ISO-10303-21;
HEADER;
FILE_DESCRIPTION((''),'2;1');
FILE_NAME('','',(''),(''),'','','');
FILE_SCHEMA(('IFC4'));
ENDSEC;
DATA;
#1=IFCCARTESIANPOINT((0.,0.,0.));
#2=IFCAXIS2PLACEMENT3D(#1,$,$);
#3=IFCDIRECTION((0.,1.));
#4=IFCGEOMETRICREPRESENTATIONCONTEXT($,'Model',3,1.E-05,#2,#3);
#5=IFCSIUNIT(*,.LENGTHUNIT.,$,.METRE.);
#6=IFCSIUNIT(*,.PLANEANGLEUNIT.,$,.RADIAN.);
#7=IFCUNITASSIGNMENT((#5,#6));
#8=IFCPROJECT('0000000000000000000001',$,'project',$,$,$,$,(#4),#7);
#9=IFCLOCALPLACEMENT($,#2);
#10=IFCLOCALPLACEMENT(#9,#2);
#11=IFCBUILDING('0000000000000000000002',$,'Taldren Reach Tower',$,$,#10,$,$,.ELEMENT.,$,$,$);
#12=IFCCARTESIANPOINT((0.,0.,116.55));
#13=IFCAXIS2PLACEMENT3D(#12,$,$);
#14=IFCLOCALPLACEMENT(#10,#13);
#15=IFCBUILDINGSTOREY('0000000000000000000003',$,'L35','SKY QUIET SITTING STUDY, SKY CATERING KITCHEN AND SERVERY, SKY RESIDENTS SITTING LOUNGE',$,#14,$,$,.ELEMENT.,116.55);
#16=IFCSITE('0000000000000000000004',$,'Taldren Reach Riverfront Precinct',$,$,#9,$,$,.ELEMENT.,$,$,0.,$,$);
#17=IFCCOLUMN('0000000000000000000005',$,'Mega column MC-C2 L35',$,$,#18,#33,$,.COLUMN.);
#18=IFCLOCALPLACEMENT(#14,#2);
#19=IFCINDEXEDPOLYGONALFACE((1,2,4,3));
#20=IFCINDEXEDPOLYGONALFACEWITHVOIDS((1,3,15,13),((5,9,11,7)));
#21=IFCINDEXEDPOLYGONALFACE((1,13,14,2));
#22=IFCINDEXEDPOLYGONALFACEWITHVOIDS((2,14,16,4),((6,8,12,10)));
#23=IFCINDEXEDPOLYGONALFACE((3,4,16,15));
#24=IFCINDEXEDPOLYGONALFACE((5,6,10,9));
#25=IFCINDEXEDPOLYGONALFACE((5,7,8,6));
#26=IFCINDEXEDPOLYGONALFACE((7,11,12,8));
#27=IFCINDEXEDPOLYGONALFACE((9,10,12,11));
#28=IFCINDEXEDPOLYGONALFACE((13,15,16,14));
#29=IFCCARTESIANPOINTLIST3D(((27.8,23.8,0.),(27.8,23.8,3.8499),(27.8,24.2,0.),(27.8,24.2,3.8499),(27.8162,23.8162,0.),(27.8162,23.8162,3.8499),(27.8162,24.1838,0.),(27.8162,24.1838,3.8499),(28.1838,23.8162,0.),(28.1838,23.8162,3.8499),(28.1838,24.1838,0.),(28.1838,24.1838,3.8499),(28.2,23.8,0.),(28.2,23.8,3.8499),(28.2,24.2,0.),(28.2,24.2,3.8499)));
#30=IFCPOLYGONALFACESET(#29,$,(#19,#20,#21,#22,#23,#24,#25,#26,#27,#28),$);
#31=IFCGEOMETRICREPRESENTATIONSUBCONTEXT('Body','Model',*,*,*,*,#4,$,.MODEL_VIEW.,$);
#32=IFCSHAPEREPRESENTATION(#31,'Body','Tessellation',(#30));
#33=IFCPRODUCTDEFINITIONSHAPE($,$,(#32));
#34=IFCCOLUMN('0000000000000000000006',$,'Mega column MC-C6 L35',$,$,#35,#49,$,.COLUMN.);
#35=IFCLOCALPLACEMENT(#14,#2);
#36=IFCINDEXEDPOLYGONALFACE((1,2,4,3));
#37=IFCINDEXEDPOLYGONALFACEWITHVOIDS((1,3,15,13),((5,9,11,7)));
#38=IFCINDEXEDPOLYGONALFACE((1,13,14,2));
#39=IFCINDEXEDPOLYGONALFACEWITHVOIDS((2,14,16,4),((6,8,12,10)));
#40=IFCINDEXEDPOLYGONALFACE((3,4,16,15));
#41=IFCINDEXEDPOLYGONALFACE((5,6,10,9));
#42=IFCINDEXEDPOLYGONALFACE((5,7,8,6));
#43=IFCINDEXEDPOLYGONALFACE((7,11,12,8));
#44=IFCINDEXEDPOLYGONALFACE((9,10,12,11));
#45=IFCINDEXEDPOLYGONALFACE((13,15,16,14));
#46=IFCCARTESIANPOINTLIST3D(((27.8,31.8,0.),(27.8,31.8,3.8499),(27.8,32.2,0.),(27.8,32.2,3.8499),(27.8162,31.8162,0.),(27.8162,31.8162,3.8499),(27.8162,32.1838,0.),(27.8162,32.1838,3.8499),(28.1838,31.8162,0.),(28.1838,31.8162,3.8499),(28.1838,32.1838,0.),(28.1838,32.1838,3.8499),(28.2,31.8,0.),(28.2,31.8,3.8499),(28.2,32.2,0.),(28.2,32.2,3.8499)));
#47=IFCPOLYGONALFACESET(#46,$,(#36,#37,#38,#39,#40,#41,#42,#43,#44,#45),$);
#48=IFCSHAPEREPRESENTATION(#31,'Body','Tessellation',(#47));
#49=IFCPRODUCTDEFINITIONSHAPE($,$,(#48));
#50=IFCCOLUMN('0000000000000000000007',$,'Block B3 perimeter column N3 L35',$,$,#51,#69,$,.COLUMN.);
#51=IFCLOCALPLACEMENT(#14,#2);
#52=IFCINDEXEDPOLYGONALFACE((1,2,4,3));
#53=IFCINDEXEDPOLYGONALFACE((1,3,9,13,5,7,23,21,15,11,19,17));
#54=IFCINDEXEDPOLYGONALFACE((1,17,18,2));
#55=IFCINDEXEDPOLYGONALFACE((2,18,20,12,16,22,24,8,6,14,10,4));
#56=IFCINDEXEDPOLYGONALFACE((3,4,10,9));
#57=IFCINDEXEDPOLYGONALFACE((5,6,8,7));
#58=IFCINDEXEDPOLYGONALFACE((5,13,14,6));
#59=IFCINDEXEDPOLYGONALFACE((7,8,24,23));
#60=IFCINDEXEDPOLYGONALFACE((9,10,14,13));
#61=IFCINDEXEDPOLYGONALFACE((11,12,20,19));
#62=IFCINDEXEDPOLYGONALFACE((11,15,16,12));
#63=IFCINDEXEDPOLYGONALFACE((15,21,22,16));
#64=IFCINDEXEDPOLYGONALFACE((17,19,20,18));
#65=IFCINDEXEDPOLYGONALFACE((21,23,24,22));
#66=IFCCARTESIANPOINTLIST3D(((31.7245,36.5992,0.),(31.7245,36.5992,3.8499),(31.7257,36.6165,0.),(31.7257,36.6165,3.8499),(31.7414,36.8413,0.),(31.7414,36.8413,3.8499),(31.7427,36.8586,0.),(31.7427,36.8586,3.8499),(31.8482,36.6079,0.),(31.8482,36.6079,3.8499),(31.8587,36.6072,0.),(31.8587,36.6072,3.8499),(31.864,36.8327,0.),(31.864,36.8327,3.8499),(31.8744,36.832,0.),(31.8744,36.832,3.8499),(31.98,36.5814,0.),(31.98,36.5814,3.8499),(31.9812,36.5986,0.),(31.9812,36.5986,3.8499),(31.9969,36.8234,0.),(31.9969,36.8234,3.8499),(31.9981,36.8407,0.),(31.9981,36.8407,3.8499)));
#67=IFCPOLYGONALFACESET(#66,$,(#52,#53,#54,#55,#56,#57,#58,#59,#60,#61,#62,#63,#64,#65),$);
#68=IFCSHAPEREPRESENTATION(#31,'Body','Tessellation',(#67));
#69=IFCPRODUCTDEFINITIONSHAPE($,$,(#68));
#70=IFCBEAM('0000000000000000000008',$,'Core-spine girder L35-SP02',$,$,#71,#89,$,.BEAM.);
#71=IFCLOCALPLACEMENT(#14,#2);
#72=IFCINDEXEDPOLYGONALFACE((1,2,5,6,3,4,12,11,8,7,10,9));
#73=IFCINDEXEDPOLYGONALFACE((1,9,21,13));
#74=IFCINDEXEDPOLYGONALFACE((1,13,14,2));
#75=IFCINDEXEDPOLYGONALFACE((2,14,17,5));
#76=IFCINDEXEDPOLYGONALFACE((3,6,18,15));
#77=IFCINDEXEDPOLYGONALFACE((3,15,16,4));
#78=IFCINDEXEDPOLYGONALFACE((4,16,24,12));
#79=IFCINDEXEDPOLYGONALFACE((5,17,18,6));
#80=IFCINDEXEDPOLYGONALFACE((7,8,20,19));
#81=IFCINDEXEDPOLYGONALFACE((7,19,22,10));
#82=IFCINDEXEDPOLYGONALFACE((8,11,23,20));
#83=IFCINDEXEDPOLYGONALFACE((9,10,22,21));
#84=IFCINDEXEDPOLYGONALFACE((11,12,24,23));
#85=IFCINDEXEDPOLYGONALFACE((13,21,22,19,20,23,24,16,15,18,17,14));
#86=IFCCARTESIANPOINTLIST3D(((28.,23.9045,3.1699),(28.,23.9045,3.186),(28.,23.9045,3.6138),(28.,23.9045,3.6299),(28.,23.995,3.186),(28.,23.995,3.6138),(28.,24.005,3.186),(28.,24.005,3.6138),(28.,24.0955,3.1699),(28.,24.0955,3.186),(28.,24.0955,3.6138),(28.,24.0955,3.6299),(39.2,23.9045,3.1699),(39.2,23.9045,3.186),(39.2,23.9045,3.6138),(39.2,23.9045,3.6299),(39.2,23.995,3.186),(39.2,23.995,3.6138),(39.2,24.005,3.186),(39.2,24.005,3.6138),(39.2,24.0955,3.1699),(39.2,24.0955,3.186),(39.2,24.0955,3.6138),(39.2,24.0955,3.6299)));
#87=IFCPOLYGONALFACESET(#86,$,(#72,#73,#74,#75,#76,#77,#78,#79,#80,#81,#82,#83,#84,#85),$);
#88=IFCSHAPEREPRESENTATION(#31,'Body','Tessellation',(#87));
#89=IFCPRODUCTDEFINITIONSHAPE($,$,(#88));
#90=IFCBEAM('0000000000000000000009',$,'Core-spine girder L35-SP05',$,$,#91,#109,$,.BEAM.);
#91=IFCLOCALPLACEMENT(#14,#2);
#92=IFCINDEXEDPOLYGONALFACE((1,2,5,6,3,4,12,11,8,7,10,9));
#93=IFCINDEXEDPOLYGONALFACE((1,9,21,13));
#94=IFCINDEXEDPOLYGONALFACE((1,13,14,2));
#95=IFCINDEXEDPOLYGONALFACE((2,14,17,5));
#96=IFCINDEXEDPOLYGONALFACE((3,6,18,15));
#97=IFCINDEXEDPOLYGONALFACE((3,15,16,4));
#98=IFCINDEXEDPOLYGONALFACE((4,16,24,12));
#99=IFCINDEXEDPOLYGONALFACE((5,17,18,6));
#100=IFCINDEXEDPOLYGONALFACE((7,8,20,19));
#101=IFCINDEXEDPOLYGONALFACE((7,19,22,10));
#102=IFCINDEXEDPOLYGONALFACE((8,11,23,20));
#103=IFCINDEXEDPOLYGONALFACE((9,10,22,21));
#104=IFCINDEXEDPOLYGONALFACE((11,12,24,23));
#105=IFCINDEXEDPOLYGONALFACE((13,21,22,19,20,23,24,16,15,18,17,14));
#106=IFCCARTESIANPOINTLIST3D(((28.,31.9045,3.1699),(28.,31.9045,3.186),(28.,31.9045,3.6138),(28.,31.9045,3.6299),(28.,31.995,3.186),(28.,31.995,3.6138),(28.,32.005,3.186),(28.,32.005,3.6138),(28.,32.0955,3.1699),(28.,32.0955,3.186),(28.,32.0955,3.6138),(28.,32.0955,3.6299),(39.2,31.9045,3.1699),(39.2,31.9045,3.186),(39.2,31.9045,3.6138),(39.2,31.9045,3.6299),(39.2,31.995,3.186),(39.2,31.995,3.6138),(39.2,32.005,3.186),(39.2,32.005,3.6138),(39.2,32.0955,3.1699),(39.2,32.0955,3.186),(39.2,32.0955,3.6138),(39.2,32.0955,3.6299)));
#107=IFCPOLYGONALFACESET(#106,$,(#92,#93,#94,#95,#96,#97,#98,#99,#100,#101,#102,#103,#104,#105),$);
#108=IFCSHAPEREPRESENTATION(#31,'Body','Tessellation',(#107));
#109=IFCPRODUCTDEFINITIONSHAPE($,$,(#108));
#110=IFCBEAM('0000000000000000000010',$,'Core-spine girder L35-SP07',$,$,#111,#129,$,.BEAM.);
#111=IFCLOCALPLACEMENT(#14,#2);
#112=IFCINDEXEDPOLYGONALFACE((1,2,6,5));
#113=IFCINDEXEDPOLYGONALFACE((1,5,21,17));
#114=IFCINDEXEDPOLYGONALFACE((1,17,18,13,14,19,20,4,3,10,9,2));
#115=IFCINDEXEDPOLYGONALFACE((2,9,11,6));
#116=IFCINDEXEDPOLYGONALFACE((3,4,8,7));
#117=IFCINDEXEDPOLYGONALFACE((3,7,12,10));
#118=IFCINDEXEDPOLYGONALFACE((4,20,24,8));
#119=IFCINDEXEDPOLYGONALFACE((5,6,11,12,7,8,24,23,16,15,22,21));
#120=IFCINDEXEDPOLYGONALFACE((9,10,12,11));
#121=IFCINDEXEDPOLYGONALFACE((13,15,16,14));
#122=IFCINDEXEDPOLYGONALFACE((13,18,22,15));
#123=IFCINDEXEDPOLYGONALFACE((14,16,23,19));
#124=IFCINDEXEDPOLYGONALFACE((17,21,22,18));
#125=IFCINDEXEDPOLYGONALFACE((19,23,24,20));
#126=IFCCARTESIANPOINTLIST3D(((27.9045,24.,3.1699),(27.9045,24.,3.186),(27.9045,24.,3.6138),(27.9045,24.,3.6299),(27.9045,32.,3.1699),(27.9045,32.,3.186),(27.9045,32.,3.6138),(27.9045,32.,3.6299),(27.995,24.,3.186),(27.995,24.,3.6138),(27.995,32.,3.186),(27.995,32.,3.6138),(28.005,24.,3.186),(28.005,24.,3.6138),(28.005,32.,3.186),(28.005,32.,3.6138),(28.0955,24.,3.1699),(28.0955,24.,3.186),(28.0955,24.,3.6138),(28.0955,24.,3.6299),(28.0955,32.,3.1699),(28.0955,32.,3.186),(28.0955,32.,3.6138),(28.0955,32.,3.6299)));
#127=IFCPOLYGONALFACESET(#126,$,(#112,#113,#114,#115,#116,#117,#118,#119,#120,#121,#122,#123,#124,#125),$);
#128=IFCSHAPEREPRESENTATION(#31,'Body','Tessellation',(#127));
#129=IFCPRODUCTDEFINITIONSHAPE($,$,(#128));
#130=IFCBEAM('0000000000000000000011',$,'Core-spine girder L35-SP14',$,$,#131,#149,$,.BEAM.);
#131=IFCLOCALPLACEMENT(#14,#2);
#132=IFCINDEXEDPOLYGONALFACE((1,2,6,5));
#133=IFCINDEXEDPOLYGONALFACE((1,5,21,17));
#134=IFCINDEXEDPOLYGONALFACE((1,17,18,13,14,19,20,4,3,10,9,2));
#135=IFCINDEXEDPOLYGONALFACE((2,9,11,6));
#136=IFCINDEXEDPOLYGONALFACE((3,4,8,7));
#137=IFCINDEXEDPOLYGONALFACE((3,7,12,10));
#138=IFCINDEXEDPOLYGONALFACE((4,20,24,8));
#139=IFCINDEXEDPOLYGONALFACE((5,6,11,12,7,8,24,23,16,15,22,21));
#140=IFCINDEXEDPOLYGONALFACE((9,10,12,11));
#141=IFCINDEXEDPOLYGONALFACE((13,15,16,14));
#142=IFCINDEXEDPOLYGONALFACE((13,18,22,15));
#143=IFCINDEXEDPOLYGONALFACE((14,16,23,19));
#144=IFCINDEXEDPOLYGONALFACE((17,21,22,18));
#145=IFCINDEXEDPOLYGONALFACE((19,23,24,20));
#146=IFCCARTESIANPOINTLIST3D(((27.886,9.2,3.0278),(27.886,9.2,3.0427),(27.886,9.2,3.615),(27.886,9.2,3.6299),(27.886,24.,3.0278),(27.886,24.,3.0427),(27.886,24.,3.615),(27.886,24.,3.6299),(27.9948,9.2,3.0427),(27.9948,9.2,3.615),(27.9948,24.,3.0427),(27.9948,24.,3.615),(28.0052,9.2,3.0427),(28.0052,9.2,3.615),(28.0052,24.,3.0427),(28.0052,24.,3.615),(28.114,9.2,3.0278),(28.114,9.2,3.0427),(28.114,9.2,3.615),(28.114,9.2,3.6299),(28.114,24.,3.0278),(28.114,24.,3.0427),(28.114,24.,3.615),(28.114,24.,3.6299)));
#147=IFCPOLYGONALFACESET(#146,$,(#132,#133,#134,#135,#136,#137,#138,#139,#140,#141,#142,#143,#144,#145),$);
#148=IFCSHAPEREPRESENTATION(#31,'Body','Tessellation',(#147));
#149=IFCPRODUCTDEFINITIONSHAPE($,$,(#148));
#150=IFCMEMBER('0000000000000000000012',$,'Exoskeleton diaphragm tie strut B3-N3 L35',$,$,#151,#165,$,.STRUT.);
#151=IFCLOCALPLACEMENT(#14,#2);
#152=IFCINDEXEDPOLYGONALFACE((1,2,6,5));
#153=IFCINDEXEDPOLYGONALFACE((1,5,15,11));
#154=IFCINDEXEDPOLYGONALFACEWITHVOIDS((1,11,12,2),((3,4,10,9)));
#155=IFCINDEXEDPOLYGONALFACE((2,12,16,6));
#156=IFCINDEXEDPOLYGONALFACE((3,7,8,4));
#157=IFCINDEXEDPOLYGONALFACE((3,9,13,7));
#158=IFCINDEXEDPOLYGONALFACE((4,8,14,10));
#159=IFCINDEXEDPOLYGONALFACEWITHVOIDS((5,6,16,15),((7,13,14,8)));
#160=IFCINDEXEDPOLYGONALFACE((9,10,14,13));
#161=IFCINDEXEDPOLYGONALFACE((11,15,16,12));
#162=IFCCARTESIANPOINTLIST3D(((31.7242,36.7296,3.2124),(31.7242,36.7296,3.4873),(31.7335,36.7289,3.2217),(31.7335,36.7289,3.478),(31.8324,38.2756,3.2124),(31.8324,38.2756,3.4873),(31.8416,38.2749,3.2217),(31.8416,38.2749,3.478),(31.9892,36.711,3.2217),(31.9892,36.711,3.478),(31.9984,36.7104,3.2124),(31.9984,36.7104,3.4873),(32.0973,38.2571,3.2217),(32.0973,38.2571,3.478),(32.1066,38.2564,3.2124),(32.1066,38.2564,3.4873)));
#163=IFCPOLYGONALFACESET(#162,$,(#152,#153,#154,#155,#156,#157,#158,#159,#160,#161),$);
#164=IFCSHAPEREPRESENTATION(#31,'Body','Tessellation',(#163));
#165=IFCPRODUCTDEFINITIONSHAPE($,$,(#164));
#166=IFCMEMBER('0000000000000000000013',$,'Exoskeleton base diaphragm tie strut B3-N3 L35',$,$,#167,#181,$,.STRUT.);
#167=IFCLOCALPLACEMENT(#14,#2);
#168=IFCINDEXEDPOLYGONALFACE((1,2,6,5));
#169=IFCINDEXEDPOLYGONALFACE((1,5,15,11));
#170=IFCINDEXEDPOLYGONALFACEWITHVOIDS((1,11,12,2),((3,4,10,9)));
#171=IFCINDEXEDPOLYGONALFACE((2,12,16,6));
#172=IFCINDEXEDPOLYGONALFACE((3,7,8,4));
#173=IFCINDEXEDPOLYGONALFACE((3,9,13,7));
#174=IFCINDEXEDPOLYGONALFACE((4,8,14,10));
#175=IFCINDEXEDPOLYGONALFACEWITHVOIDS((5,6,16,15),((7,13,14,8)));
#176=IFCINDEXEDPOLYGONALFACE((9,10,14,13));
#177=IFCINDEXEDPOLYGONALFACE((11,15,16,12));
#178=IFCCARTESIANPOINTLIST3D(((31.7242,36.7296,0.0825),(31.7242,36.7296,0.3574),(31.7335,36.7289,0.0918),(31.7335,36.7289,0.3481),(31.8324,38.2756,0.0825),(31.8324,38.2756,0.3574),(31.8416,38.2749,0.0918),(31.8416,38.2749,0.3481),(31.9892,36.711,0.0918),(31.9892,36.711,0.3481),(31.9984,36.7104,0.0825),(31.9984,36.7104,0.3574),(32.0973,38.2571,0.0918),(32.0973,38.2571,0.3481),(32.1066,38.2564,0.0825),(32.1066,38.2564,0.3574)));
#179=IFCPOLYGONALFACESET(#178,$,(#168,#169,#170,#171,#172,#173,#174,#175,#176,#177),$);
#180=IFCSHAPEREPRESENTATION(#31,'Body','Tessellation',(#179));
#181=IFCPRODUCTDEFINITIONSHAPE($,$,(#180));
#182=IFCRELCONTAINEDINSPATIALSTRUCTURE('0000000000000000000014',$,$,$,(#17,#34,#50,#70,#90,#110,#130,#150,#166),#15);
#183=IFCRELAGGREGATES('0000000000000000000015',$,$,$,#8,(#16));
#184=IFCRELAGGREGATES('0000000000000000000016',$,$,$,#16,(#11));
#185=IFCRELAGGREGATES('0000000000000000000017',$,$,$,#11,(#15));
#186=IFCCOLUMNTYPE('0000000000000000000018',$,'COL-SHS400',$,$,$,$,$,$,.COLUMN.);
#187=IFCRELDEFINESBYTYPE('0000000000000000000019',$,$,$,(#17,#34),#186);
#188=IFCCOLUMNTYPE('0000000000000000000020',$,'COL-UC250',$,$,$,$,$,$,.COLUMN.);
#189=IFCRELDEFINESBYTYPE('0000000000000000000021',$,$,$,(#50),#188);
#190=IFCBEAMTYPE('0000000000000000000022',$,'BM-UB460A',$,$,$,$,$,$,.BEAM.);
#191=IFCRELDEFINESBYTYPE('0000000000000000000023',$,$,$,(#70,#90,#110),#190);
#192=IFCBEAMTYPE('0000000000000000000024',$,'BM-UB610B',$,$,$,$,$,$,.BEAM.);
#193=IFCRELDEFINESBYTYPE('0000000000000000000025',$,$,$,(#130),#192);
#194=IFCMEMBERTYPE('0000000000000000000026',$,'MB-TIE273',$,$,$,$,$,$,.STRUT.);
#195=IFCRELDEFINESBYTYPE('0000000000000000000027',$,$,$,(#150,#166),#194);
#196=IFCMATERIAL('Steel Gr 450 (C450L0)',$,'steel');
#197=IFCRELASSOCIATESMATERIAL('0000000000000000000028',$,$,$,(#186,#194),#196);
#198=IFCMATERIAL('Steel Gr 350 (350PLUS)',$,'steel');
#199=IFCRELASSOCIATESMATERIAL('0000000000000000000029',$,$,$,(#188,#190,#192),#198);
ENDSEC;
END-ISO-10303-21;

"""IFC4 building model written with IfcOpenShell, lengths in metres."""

from ifc_helpers import new_model, si_unit, direction, frame, origin, origin_2d, place, context, subcontext, project, spatial, hollow_rectangle, i_section, extrude, source, transform, mapped, material, material_profile, profile_set, type_object, element, save


model = new_model("IFC4")

# Units and contexts
model_context = context("Model", 3, precision=1e-05, world=origin(), true_north=direction((0.0, 1.0)))
body_context = subcontext(model_context, "Body", "Model", "MODEL_VIEW")
ifc_project = project(units=[si_unit("LENGTHUNIT", "METRE"), si_unit("PLANEANGLEUNIT", "RADIAN")], contexts=[model_context])

# Site, building, storey
site_placement = place(None, origin())
site = spatial("IfcSite", under=ifc_project, at=site_placement, Name="Taldren Reach Riverfront Precinct", CompositionType="ELEMENT", RefElevation=0.0)
building_placement = place(site_placement, origin())
building = spatial("IfcBuilding", under=site, at=building_placement, Name="Taldren Reach Tower", CompositionType="ELEMENT")
storey_placement = place(building_placement, frame((0.0, 0.0, 116.55)))
storey = spatial("IfcBuildingStorey", under=building, at=storey_placement, Name="L35", Description="SKY QUIET SITTING STUDY, SKY CATERING KITCHEN AND SERVERY, SKY RESIDENTS SITTING LOUNGE", CompositionType="ELEMENT", Elevation=116.55)

# Columns
ifc_material_1 = material(Name="Steel Gr 450 (C450L0)", Category="steel")
ifc_material_profile_1 = material_profile(ifc_material_1, hollow_rectangle(XDim=0.3999, YDim=0.3999, WallThickness=0.0161, at=origin_2d()), Name="400x400x16.0SHS")
ifc_profile_set_1 = profile_set([ifc_material_profile_1], Name="Steel Gr 450 (C450L0)")
column_type_1 = type_object("IfcColumnType", Name="COL-SHS400", PredefinedType="COLUMN", material=ifc_profile_set_1)
shared_shape_1 = source(origin(), body_context, "Body", "SweptSolid", [
    extrude(hollow_rectangle(XDim=0.3999, YDim=0.3999, WallThickness=0.0161, at=origin_2d()), origin(), (0.0, 0.0, 1.0), 3.8499),
])
for number, where, z_axis, x_axis, name in (
    (1, (28.0, 24.0, 0.0), (0.0, 0.0, 1.0), (1.0, 0.0, 0.0), "Mega column MC-C2 L35"),
    (2, (28.0, 32.0, 0.0), (0.0, 0.0, 1.0), (1.0, 0.0, 0.0), "Mega column MC-C6 L35"),
):
    element("IfcColumn", number, at=place(storey_placement, frame(where, z_axis=z_axis, x_axis=x_axis)), inside=storey, type_object=column_type_1, Name=name, PredefinedType="COLUMN", context=body_context, shape_type="MappedRepresentation", body=[
        mapped(shared_shape_1, transform((0.0, 0.0, 0.0), scale=1.0)),
    ])
ifc_material_2 = material(Name="Steel Gr 350 (350PLUS)", Category="steel")
ifc_material_profile_2 = material_profile(ifc_material_2, i_section(OverallWidth=0.2561, OverallDepth=0.26, WebThickness=0.0105, FlangeThickness=0.0173, at=origin_2d()), Name="250UC89.5")
ifc_profile_set_2 = profile_set([ifc_material_profile_2], Name="Steel Gr 350 (350PLUS)")
column_type_2 = type_object("IfcColumnType", Name="COL-UC250", PredefinedType="COLUMN", material=ifc_profile_set_2)
shared_shape_2 = source(origin(), body_context, "Body", "SweptSolid", [
    extrude(i_section(OverallWidth=0.2561, OverallDepth=0.26, WebThickness=0.0105, FlangeThickness=0.0173, at=origin_2d()), origin(), (0.0, 0.0, 1.0), 3.8499),
])
column_placement = place(storey_placement, frame((31.8613, 36.72, 0.0), z_axis=(0.0, 0.0, 1.0), x_axis=(0.997564, -0.069756, 0.0)))
element("IfcColumn", 3, at=column_placement, inside=storey, type_object=column_type_2, Name="Block B3 perimeter column N3 L35", PredefinedType="COLUMN", context=body_context, shape_type="MappedRepresentation", body=[
    mapped(shared_shape_2, transform((0.0, 0.0, 0.0), scale=1.0)),
])

# Beams
ifc_material_profile_3 = material_profile(ifc_material_2, i_section(OverallWidth=0.1909, OverallDepth=0.46, WebThickness=0.01, FlangeThickness=0.0161, at=origin_2d()), Name="460UB82.1")
ifc_profile_set_3 = profile_set([ifc_material_profile_3], Name="Steel Gr 350 (350PLUS)")
beam_type_1 = type_object("IfcBeamType", Name="BM-UB460A", PredefinedType="BEAM", material=ifc_profile_set_3)
shared_shape_3 = source(origin(), body_context, "Body", "SweptSolid", [
    extrude(i_section(OverallWidth=0.1909, OverallDepth=0.46, WebThickness=0.01, FlangeThickness=0.0161, at=origin_2d()), origin(), (0.0, 0.0, 1.0), 11.2),
])
for number, where, z_axis, x_axis, name in (
    (4, (28.0, 24.0, 3.3999), (1.0, 0.0, 0.0), (0.0, 1.0, 0.0), "Core-spine girder L35-SP02"),
    (5, (28.0, 32.0, 3.3999), (1.0, 0.0, 0.0), (0.0, 1.0, 0.0), "Core-spine girder L35-SP05"),
):
    element("IfcBeam", number, at=place(storey_placement, frame(where, z_axis=z_axis, x_axis=x_axis)), inside=storey, type_object=beam_type_1, Name=name, PredefinedType="BEAM", context=body_context, shape_type="MappedRepresentation", body=[
        mapped(shared_shape_3, transform((0.0, 0.0, 0.0), scale=1.0)),
    ])
shared_shape_4 = source(origin(), body_context, "Body", "SweptSolid", [
    extrude(i_section(OverallWidth=0.1909, OverallDepth=0.46, WebThickness=0.01, FlangeThickness=0.0161, at=origin_2d()), origin(), (0.0, 0.0, 1.0), 8.0),
])
beam_1_placement = place(storey_placement, frame((28.0, 24.0, 3.3999), z_axis=(0.0, 1.0, 0.0), x_axis=(-1.0, 0.0, 0.0)))
element("IfcBeam", 6, at=beam_1_placement, inside=storey, type_object=beam_type_1, Name="Core-spine girder L35-SP07", PredefinedType="BEAM", context=body_context, shape_type="MappedRepresentation", body=[
    mapped(shared_shape_4, transform((0.0, 0.0, 0.0), scale=1.0)),
])
ifc_material_profile_4 = material_profile(ifc_material_2, i_section(OverallWidth=0.228, OverallDepth=0.6021, WebThickness=0.0105, FlangeThickness=0.0149, at=origin_2d()), Name="610UB101")
ifc_profile_set_4 = profile_set([ifc_material_profile_4], Name="Steel Gr 350 (350PLUS)")
beam_type_2 = type_object("IfcBeamType", Name="BM-UB610B", PredefinedType="BEAM", material=ifc_profile_set_4)
shared_shape_5 = source(origin(), body_context, "Body", "SweptSolid", [
    extrude(i_section(OverallWidth=0.228, OverallDepth=0.6021, WebThickness=0.0105, FlangeThickness=0.0149, at=origin_2d()), origin(), (0.0, 0.0, 1.0), 14.8),
])
beam_2_placement = place(storey_placement, frame((28.0, 24.0, 3.3289), z_axis=(0.0, -1.0, 0.0), x_axis=(1.0, 0.0, 0.0)))
element("IfcBeam", 7, at=beam_2_placement, inside=storey, type_object=beam_type_2, Name="Core-spine girder L35-SP14", PredefinedType="BEAM", context=body_context, shape_type="MappedRepresentation", body=[
    mapped(shared_shape_5, transform((0.0, 0.0, 0.0), scale=1.0)),
])

# Members
ifc_material_profile_5 = material_profile(ifc_material_1, hollow_rectangle(XDim=0.2749, YDim=0.2749, WallThickness=0.0093, at=origin_2d()), Name="275x275x9.3SHS")
ifc_profile_set_5 = profile_set([ifc_material_profile_5], Name="Steel Gr 450 (C450L0)")
member_type_1 = type_object("IfcMemberType", Name="MB-TIE273", PredefinedType="STRUT", material=ifc_profile_set_5)
shared_shape_6 = source(origin(), body_context, "Body", "SweptSolid", [
    extrude(hollow_rectangle(XDim=0.2749, YDim=0.2749, WallThickness=0.0093, at=origin_2d()), origin(), (0.0, 0.0, 1.0), 1.5498),
])
for number, where, z_axis, x_axis, name in (
    (8, (31.8613, 36.72, 3.3499), (0.069781, 0.997562, 0.0), (-0.997562, 0.069781, 0.0), "Exoskeleton diaphragm tie strut B3-N3 L35"),
    (9, (31.8613, 36.72, 0.22), (0.069781, 0.997562, 0.0), (-0.997562, 0.069781, 0.0), "Exoskeleton base diaphragm tie strut B3-N3 L35"),
):
    element("IfcMember", number, at=place(storey_placement, frame(where, z_axis=z_axis, x_axis=x_axis)), inside=storey, type_object=member_type_1, Name=name, PredefinedType="STRUT", context=body_context, shape_type="MappedRepresentation", body=[
        mapped(shared_shape_6, transform((0.0, 0.0, 0.0), scale=1.0)),
    ])

save(model, "model.ifc")
